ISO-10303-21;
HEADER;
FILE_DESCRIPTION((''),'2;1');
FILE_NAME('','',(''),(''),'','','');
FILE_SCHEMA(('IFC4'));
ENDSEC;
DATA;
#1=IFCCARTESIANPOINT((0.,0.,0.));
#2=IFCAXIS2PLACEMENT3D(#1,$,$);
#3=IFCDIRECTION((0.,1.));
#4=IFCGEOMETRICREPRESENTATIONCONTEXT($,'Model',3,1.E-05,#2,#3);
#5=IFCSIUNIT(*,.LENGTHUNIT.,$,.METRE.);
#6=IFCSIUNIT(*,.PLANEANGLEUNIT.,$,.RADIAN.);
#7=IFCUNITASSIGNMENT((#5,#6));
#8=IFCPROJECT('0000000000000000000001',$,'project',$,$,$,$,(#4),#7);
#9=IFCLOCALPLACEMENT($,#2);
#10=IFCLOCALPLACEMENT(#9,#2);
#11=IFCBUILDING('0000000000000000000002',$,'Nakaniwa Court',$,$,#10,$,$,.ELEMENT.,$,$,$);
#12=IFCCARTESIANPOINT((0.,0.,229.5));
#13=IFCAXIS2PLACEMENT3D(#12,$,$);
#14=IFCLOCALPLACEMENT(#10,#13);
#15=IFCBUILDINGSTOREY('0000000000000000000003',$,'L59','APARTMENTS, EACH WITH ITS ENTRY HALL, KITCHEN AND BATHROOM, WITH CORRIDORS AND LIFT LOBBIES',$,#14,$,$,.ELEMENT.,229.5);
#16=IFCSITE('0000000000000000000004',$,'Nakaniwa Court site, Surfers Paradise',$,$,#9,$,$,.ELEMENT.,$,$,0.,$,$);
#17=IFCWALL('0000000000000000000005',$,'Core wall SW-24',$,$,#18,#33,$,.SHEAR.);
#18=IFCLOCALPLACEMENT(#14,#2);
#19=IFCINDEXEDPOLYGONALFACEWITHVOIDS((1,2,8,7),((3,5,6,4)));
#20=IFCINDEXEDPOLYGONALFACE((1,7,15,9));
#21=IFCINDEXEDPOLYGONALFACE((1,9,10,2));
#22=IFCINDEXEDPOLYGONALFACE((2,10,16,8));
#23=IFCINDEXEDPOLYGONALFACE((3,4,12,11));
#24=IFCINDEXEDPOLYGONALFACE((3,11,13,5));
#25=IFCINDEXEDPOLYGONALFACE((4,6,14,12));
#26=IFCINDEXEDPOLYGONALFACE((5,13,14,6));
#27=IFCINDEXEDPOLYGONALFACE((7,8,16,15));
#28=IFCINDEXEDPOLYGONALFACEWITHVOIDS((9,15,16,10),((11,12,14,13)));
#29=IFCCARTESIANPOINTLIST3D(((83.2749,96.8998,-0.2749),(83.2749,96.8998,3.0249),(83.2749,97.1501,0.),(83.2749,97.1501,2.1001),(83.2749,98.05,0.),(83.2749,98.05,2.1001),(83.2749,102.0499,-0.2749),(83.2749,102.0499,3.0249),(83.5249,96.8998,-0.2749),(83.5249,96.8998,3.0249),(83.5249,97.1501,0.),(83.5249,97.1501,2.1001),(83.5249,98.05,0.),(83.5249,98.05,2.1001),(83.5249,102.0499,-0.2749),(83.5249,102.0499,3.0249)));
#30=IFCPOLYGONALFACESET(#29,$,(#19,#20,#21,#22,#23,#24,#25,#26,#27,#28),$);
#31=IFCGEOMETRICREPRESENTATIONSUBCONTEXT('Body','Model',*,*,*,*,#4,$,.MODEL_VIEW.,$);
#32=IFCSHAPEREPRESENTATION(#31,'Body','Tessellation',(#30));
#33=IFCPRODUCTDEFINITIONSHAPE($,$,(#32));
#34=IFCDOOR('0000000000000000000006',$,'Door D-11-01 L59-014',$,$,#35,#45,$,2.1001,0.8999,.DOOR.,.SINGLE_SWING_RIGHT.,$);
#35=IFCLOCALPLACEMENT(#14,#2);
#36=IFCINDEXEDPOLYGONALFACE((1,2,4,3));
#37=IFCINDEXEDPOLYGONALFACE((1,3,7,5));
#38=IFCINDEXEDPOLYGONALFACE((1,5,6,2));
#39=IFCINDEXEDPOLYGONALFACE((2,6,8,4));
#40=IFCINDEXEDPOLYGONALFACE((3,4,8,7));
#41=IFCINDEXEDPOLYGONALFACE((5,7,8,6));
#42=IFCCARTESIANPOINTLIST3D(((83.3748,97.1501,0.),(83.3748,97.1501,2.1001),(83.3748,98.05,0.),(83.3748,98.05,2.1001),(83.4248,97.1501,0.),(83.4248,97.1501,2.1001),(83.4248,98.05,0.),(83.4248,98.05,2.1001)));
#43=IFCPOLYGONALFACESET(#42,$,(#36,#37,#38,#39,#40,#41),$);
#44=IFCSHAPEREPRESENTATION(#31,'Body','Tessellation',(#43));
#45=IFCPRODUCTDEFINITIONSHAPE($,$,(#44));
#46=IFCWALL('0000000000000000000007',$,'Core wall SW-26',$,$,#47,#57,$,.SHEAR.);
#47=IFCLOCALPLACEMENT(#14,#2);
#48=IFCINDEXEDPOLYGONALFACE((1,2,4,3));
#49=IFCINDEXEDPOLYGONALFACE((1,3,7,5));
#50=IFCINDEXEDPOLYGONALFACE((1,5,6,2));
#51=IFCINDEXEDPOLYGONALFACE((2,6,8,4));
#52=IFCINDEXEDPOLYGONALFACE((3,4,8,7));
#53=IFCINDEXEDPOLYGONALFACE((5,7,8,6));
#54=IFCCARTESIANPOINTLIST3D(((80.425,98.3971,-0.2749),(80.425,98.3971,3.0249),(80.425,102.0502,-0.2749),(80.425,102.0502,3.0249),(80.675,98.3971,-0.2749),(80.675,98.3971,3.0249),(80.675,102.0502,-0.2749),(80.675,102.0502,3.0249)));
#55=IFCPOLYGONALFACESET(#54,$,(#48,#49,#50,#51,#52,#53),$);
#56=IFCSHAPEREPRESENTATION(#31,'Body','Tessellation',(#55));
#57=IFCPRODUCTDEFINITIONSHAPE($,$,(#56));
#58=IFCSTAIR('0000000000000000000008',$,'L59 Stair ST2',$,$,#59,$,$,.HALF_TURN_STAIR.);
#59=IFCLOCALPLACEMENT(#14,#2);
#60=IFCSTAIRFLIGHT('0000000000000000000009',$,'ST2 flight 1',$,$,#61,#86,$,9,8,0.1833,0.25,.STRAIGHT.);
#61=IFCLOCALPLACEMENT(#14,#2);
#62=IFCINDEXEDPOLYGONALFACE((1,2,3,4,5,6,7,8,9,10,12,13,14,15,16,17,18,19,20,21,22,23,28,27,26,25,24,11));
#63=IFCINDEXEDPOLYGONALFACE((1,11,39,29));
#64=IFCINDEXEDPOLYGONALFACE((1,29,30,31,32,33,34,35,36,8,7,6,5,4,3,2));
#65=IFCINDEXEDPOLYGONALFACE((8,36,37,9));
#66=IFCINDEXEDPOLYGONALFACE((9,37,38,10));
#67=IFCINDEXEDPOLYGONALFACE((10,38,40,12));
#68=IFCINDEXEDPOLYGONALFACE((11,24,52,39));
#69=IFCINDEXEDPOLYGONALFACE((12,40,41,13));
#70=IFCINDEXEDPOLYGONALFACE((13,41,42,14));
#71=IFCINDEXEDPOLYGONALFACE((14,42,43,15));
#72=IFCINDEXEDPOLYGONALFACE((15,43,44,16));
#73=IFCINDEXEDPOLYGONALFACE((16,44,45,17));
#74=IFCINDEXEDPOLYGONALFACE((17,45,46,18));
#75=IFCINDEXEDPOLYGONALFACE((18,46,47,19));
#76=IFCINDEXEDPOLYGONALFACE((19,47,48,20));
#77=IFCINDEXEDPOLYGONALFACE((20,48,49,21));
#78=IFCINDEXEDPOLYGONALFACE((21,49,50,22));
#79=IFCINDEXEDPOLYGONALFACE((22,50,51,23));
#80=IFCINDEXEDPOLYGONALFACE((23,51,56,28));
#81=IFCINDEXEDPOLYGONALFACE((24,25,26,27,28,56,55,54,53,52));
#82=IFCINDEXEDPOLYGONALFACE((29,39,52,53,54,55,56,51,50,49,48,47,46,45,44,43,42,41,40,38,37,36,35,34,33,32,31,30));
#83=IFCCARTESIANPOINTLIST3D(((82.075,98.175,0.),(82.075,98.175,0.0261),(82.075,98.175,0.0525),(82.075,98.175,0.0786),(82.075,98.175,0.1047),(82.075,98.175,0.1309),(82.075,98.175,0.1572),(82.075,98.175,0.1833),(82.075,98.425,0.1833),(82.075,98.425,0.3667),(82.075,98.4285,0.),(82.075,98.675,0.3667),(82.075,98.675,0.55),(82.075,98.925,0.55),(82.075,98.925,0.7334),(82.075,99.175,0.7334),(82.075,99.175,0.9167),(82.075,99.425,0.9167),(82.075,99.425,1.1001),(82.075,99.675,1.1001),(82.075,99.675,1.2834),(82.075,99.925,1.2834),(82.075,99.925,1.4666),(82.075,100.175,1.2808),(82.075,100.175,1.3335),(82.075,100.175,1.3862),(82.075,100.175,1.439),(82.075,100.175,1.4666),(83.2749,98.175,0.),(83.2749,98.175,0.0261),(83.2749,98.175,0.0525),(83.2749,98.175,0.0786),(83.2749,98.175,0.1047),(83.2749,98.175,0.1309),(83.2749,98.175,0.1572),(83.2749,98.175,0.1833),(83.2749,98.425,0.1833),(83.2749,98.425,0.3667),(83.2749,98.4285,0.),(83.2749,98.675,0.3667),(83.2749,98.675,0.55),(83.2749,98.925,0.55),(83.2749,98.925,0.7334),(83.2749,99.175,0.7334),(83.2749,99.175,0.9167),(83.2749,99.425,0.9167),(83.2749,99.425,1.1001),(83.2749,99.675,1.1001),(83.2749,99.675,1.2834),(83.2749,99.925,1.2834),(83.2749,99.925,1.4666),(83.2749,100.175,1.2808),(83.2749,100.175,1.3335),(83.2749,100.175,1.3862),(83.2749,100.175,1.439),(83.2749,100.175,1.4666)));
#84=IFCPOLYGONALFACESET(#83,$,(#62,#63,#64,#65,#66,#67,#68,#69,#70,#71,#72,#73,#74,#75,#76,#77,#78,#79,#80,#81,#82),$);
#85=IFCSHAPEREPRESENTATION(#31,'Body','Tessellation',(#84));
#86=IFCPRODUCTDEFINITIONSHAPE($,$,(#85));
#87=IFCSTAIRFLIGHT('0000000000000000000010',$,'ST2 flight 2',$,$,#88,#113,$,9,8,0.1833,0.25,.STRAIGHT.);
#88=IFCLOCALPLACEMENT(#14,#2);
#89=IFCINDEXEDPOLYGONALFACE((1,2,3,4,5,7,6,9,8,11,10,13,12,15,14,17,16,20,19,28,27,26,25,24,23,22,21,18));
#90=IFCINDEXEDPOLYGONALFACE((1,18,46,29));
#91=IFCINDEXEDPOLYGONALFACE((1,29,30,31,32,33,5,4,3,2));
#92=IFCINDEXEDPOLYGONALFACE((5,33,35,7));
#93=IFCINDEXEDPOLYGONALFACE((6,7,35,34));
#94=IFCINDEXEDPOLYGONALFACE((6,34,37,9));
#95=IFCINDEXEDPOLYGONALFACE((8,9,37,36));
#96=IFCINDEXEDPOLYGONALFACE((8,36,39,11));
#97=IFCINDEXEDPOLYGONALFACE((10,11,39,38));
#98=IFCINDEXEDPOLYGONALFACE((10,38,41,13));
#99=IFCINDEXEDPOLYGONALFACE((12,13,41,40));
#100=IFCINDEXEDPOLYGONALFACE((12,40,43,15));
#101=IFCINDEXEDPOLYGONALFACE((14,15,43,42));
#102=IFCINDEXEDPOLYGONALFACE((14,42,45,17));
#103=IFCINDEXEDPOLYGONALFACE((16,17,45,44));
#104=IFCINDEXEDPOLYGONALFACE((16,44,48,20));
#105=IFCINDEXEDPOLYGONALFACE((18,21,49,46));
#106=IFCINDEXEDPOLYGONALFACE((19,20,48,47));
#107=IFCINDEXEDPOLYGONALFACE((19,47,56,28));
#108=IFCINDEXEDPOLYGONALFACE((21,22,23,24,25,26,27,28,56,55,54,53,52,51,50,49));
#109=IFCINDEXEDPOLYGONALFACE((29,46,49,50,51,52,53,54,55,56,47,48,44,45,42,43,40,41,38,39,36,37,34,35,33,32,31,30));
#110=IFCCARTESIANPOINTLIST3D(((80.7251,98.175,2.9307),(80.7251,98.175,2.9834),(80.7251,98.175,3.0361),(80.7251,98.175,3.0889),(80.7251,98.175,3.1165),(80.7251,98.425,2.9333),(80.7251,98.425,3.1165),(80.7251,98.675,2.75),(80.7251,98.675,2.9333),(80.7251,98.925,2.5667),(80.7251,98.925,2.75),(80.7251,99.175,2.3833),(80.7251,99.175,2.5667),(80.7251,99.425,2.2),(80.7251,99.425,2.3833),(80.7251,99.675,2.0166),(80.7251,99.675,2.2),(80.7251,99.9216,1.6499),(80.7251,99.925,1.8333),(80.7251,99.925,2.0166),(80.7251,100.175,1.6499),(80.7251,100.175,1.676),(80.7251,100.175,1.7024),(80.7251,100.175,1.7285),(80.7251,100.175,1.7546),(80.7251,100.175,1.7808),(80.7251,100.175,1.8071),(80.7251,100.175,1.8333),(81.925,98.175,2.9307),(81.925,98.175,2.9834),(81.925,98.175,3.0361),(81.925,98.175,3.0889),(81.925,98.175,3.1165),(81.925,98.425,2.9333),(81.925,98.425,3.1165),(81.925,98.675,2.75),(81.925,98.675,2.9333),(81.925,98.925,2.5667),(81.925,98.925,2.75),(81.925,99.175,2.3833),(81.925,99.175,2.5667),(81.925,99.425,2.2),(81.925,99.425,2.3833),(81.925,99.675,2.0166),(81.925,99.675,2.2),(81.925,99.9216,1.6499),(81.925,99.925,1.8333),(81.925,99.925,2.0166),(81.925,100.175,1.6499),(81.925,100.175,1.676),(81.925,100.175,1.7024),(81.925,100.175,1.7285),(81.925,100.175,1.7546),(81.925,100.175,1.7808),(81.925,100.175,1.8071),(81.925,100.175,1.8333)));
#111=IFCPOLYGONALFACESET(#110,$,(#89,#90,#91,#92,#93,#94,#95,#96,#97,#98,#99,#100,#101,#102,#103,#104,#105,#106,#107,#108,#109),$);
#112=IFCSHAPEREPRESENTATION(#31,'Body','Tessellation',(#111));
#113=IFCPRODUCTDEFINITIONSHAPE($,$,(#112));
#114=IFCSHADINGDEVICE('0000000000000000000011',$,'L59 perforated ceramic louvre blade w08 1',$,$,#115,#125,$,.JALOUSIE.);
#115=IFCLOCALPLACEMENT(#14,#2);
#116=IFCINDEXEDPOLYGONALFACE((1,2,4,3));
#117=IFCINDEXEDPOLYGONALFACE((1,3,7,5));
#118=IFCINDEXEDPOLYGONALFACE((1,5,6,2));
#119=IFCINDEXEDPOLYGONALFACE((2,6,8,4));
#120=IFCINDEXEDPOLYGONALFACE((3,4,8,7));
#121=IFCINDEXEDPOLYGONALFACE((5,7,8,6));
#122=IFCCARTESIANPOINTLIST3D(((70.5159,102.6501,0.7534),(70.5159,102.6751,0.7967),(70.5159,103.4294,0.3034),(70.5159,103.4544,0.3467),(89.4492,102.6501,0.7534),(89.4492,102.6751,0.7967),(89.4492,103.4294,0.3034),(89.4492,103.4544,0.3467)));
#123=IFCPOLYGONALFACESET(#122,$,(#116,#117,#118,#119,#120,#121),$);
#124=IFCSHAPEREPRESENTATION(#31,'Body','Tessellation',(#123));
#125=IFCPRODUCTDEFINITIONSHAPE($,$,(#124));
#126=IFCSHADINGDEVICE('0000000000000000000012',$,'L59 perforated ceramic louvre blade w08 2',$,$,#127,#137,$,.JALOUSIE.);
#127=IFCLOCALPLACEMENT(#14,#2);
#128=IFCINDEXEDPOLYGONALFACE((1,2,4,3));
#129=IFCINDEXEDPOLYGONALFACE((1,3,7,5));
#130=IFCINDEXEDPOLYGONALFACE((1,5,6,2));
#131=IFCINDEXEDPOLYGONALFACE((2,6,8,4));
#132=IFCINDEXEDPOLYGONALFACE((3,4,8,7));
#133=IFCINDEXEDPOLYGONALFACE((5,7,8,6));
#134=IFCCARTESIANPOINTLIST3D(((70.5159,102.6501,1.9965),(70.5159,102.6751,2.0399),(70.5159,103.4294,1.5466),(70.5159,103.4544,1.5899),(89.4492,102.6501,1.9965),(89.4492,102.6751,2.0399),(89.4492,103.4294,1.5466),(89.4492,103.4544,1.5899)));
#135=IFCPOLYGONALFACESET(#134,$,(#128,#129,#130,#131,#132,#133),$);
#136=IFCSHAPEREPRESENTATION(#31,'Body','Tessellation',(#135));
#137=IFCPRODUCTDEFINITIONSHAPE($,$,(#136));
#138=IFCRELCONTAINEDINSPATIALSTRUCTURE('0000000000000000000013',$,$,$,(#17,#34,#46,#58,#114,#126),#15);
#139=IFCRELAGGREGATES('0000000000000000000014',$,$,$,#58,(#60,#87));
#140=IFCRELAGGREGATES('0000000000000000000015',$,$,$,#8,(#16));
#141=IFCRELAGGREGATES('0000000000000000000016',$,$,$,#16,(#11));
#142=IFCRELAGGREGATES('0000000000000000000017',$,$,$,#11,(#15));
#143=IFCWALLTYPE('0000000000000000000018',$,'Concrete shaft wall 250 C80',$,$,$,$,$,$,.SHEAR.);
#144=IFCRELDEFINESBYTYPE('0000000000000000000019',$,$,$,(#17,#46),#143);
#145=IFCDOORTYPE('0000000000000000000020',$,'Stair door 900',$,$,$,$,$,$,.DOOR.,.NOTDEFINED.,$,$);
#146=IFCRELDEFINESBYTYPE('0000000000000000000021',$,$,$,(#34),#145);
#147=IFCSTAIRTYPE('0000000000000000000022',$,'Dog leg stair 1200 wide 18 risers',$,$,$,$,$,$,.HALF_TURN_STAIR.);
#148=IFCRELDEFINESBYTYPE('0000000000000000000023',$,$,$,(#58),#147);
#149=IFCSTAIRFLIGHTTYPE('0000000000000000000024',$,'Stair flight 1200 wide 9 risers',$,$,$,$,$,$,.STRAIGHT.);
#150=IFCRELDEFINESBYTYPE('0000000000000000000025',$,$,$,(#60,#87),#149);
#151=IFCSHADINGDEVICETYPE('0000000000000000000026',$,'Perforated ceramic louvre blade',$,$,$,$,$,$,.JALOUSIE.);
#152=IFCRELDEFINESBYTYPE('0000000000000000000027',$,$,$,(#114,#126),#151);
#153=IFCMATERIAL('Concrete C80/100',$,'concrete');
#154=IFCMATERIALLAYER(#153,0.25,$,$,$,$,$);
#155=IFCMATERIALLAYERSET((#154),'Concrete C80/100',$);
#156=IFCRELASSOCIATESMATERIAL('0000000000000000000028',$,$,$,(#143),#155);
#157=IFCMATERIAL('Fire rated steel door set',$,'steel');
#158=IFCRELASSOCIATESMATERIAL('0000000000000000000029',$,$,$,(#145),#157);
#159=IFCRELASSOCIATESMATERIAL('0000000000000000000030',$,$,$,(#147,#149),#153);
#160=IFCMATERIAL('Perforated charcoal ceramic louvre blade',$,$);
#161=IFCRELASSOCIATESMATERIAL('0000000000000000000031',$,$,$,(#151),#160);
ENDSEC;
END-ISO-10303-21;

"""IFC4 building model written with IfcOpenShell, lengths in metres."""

from ifc_helpers import new_model, si_unit, direction, frame, frame_2d, origin, origin_2d, place, context, subcontext, project, spatial, polyline, rectangle, outline, extrude, material, layer, layer_set, material_profile, profile_set, type_object, element, fill, aggregate, save


model = new_model("IFC4")

# Units and contexts
model_context = context("Model", 3, precision=1e-05, world=origin(), true_north=direction((0.0, 1.0)))
body_context = subcontext(model_context, "Body", "Model", "MODEL_VIEW")
ifc_project = project(units=[si_unit("LENGTHUNIT", "METRE"), si_unit("PLANEANGLEUNIT", "RADIAN")], contexts=[model_context])

# Site, building, storey
site_placement = place(None, origin())
site = spatial("IfcSite", under=ifc_project, at=site_placement, Name="Nakaniwa Court site, Surfers Paradise", CompositionType="ELEMENT", RefElevation=0.0)
building_placement = place(site_placement, origin())
building = spatial("IfcBuilding", under=site, at=building_placement, Name="Nakaniwa Court", CompositionType="ELEMENT")
storey_placement = place(building_placement, frame((0.0, 0.0, 229.5)))
storey = spatial("IfcBuildingStorey", under=building, at=storey_placement, Name="L59", Description="APARTMENTS, EACH WITH ITS ENTRY HALL, KITCHEN AND BATHROOM, WITH CORRIDORS AND LIFT LOBBIES", CompositionType="ELEMENT", Elevation=229.5)

# Shared definitions
ifc_material_1 = material(Name="Fire rated steel door set", Category="steel")

# Shared definitions
ifc_material_2 = material(Name="Concrete C80/100", Category="concrete")

# Shared definitions
ifc_layer_1 = layer(ifc_material_2, 0.25)
ifc_layer_set_1 = layer_set([ifc_layer_1], Name="Concrete C80/100")
wall_type_1 = type_object("IfcWallType", Name="Concrete shaft wall 250 C80", PredefinedType="SHEAR", material=ifc_layer_set_1)

# Wall, opening, door
wall_1_placement = place(storey_placement, frame((83.3999, 102.05, -0.2749), z_axis=(0.0, 0.0, 1.0), x_axis=(0.0, -1.0, 0.0)))
wall_1 = element("IfcWall", 1, at=wall_1_placement, inside=storey, type_object=wall_type_1, Name="Core wall SW-24", PredefinedType="SHEAR", context=body_context, shape_type="SweptSolid", body=[
    extrude(rectangle(XDim=5.1501, YDim=0.25, at=frame_2d((2.5752, 0.0))), origin(), (0.0, 0.0, 1.0), 3.2998),
])
opening_1_placement = place(wall_1_placement, frame((4.0, 0.0, 0.2749)))
opening_1 = element("IfcOpeningElement", 2, at=opening_1_placement, cuts=wall_1, PredefinedType="OPENING", context=body_context, shape_type="SweptSolid", body=[
    extrude(rectangle(XDim=0.8999, YDim=2.1001, at=frame_2d((0.45, 1.05))), frame((0.0, 0.135, 0.0), z_axis=(0.0, -1.0, 0.0), x_axis=(1.0, 0.0, 0.0)), (0.0, 0.0, 1.0), 0.27),
])
door_type_1 = type_object("IfcDoorType", Name="Stair door 900", OperationType="NOTDEFINED", PredefinedType="DOOR", material=ifc_material_1)
door_1_placement = place(opening_1_placement, origin())
door_1 = element("IfcDoor", 3, at=door_1_placement, inside=storey, type_object=door_type_1, Name="Door D-11-01 L59-014", OperationType="SINGLE_SWING_RIGHT", OverallHeight=2.1001, OverallWidth=0.8999, PredefinedType="DOOR", context=body_context, shape_type="SweptSolid", body=[
    extrude(rectangle(XDim=0.8999, YDim=2.1001, at=frame_2d((0.45, 1.05))), frame((0.0, 0.0249, 0.0), z_axis=(0.0, -1.0, 0.0), x_axis=(1.0, 0.0, 0.0)), (0.0, 0.0, 1.0), 0.05),
])
fill(opening_1, door_1)

# Wall
wall_2_placement = place(storey_placement, frame((80.55, 98.397, -0.2749), z_axis=(0.0, 0.0, 1.0), x_axis=(0.0, 1.0, 0.0)))
element("IfcWall", 4, at=wall_2_placement, inside=storey, type_object=wall_type_1, Name="Core wall SW-26", PredefinedType="SHEAR", context=body_context, shape_type="SweptSolid", body=[
    extrude(rectangle(XDim=3.6531, YDim=0.25, at=frame_2d((1.8267, 0.0))), origin(), (0.0, 0.0, 1.0), 3.2998),
])

# Stair, stair flights
stair_type = type_object("IfcStairType", Name="Dog leg stair 1200 wide 18 risers", PredefinedType="HALF_TURN_STAIR", material=ifc_material_2)
stair_placement = place(storey_placement, origin())
stair = element("IfcStair", 5, at=stair_placement, inside=storey, type_object=stair_type, Name="L59 Stair ST2", PredefinedType="HALF_TURN_STAIR")
stair_flight_type = type_object("IfcStairFlightType", Name="Stair flight 1200 wide 9 risers", PredefinedType="STRAIGHT", material=ifc_material_2)
stair_flight_1_placement = place(storey_placement, frame((82.675, 98.175, 0.0), z_axis=(0.0, 0.0, 1.0), x_axis=(0.0, 1.0, 0.0)))
stair_flight_1 = element("IfcStairFlight", 6, at=stair_flight_1_placement, type_object=stair_flight_type, Name="ST2 flight 1", NumberOfRisers=9, NumberOfTreads=8, PredefinedType="STRAIGHT", RiserHeight=0.1833, TreadLength=0.25, context=body_context, shape_type="SweptSolid", body=[
    extrude(outline(polyline([(0.0, 0.0), (0.0, 0.0261), (0.0, 0.0525), (0.0, 0.0786), (0.0, 0.1047), (0.0, 0.1309), (0.0, 0.1572), (0.0, 0.1833), (0.25, 0.1833), (0.25, 0.3667), (0.5, 0.3667), (0.5, 0.55), (0.75, 0.55), (0.75, 0.7334), (1.0, 0.7334), (1.0, 0.9167), (1.25, 0.9167), (1.25, 1.1001), (1.5, 1.1001), (1.5, 1.2834), (1.75, 1.2834), (1.75, 1.4666), (2.0, 1.4666), (2.0, 1.6499), (2.0, 1.5972), (2.0, 1.5444), (2.0, 1.4917), (2.0, 1.439), (2.0, 1.3862), (2.0, 1.3335), (2.0, 1.2808), (0.2534, 0.0), (0.0, 0.0)])), frame((0.0, 0.6001, 0.0), z_axis=(0.0, -1.0, 0.0), x_axis=(1.0, 0.0, 0.0)), (0.0, 0.0, 1.0), 1.2),
])
stair_flight_2_placement = place(storey_placement, frame((81.325, 100.175, 1.6499), z_axis=(0.0, 0.0, 1.0), x_axis=(0.0, -1.0, 0.0)))
stair_flight_2 = element("IfcStairFlight", 7, at=stair_flight_2_placement, type_object=stair_flight_type, Name="ST2 flight 2", NumberOfRisers=9, NumberOfTreads=8, PredefinedType="STRAIGHT", RiserHeight=0.1833, TreadLength=0.25, context=body_context, shape_type="SweptSolid", body=[
    extrude(outline(polyline([(0.0, 0.0), (0.0, 0.0261), (0.0, 0.0525), (0.0, 0.0786), (0.0, 0.1047), (0.0, 0.1309), (0.0, 0.1572), (0.0, 0.1833), (0.25, 0.1833), (0.25, 0.3667), (0.5, 0.3667), (0.5, 0.55), (0.75, 0.55), (0.75, 0.7334), (1.0, 0.7334), (1.0, 0.9167), (1.25, 0.9167), (1.25, 1.1001), (1.5, 1.1001), (1.5, 1.2834), (1.75, 1.2834), (1.75, 1.4666), (2.0, 1.4666), (2.0, 1.6499), (2.0, 1.5972), (2.0, 1.5444), (2.0, 1.4917), (2.0, 1.439), (2.0, 1.3862), (2.0, 1.3335), (2.0, 1.2808), (0.2534, 0.0), (0.0, 0.0)])), frame((0.0, 0.6001, 0.0), z_axis=(0.0, -1.0, 0.0), x_axis=(1.0, 0.0, 0.0)), (0.0, 0.0, 1.0), 1.2),
])
aggregate(stair, [stair_flight_1, stair_flight_2])

# Shading devices
ifc_material_3 = material(Name="Perforated charcoal ceramic louvre blade")
ifc_material_profile = material_profile(ifc_material_3, rectangle(XDim=0.8999, YDim=0.05, at=origin_2d()), Name="Perforated ceramic louvre blade")
ifc_profile_set = profile_set([ifc_material_profile], Name="Perforated charcoal ceramic louvre blade")
shading_device_type = type_object("IfcShadingDeviceType", Name="Perforated ceramic louvre blade", PredefinedType="JALOUSIE", material=ifc_profile_set)
for number, where, z_axis, x_axis, name in (
    (8, (89.4492, 103.0522, 0.55), (-1.0, 0.0, 0.0), (0.0, -0.866025, 0.5), "L59 perforated ceramic louvre blade w08 1"),
    (9, (89.4492, 103.0522, 1.7932), (-1.0, 0.0, 0.0), (0.0, -0.866025, 0.5), "L59 perforated ceramic louvre blade w08 2"),
):
    element("IfcShadingDevice", number, at=place(storey_placement, frame(where, z_axis=z_axis, x_axis=x_axis)), inside=storey, type_object=shading_device_type, Name=name, PredefinedType="JALOUSIE", context=body_context, shape_type="SweptSolid", body=[
        extrude(rectangle(XDim=0.8999, YDim=0.05, at=origin_2d()), origin(), (0.0, 0.0, 1.0), 18.9333),
    ])

save(model, "model.ifc")
